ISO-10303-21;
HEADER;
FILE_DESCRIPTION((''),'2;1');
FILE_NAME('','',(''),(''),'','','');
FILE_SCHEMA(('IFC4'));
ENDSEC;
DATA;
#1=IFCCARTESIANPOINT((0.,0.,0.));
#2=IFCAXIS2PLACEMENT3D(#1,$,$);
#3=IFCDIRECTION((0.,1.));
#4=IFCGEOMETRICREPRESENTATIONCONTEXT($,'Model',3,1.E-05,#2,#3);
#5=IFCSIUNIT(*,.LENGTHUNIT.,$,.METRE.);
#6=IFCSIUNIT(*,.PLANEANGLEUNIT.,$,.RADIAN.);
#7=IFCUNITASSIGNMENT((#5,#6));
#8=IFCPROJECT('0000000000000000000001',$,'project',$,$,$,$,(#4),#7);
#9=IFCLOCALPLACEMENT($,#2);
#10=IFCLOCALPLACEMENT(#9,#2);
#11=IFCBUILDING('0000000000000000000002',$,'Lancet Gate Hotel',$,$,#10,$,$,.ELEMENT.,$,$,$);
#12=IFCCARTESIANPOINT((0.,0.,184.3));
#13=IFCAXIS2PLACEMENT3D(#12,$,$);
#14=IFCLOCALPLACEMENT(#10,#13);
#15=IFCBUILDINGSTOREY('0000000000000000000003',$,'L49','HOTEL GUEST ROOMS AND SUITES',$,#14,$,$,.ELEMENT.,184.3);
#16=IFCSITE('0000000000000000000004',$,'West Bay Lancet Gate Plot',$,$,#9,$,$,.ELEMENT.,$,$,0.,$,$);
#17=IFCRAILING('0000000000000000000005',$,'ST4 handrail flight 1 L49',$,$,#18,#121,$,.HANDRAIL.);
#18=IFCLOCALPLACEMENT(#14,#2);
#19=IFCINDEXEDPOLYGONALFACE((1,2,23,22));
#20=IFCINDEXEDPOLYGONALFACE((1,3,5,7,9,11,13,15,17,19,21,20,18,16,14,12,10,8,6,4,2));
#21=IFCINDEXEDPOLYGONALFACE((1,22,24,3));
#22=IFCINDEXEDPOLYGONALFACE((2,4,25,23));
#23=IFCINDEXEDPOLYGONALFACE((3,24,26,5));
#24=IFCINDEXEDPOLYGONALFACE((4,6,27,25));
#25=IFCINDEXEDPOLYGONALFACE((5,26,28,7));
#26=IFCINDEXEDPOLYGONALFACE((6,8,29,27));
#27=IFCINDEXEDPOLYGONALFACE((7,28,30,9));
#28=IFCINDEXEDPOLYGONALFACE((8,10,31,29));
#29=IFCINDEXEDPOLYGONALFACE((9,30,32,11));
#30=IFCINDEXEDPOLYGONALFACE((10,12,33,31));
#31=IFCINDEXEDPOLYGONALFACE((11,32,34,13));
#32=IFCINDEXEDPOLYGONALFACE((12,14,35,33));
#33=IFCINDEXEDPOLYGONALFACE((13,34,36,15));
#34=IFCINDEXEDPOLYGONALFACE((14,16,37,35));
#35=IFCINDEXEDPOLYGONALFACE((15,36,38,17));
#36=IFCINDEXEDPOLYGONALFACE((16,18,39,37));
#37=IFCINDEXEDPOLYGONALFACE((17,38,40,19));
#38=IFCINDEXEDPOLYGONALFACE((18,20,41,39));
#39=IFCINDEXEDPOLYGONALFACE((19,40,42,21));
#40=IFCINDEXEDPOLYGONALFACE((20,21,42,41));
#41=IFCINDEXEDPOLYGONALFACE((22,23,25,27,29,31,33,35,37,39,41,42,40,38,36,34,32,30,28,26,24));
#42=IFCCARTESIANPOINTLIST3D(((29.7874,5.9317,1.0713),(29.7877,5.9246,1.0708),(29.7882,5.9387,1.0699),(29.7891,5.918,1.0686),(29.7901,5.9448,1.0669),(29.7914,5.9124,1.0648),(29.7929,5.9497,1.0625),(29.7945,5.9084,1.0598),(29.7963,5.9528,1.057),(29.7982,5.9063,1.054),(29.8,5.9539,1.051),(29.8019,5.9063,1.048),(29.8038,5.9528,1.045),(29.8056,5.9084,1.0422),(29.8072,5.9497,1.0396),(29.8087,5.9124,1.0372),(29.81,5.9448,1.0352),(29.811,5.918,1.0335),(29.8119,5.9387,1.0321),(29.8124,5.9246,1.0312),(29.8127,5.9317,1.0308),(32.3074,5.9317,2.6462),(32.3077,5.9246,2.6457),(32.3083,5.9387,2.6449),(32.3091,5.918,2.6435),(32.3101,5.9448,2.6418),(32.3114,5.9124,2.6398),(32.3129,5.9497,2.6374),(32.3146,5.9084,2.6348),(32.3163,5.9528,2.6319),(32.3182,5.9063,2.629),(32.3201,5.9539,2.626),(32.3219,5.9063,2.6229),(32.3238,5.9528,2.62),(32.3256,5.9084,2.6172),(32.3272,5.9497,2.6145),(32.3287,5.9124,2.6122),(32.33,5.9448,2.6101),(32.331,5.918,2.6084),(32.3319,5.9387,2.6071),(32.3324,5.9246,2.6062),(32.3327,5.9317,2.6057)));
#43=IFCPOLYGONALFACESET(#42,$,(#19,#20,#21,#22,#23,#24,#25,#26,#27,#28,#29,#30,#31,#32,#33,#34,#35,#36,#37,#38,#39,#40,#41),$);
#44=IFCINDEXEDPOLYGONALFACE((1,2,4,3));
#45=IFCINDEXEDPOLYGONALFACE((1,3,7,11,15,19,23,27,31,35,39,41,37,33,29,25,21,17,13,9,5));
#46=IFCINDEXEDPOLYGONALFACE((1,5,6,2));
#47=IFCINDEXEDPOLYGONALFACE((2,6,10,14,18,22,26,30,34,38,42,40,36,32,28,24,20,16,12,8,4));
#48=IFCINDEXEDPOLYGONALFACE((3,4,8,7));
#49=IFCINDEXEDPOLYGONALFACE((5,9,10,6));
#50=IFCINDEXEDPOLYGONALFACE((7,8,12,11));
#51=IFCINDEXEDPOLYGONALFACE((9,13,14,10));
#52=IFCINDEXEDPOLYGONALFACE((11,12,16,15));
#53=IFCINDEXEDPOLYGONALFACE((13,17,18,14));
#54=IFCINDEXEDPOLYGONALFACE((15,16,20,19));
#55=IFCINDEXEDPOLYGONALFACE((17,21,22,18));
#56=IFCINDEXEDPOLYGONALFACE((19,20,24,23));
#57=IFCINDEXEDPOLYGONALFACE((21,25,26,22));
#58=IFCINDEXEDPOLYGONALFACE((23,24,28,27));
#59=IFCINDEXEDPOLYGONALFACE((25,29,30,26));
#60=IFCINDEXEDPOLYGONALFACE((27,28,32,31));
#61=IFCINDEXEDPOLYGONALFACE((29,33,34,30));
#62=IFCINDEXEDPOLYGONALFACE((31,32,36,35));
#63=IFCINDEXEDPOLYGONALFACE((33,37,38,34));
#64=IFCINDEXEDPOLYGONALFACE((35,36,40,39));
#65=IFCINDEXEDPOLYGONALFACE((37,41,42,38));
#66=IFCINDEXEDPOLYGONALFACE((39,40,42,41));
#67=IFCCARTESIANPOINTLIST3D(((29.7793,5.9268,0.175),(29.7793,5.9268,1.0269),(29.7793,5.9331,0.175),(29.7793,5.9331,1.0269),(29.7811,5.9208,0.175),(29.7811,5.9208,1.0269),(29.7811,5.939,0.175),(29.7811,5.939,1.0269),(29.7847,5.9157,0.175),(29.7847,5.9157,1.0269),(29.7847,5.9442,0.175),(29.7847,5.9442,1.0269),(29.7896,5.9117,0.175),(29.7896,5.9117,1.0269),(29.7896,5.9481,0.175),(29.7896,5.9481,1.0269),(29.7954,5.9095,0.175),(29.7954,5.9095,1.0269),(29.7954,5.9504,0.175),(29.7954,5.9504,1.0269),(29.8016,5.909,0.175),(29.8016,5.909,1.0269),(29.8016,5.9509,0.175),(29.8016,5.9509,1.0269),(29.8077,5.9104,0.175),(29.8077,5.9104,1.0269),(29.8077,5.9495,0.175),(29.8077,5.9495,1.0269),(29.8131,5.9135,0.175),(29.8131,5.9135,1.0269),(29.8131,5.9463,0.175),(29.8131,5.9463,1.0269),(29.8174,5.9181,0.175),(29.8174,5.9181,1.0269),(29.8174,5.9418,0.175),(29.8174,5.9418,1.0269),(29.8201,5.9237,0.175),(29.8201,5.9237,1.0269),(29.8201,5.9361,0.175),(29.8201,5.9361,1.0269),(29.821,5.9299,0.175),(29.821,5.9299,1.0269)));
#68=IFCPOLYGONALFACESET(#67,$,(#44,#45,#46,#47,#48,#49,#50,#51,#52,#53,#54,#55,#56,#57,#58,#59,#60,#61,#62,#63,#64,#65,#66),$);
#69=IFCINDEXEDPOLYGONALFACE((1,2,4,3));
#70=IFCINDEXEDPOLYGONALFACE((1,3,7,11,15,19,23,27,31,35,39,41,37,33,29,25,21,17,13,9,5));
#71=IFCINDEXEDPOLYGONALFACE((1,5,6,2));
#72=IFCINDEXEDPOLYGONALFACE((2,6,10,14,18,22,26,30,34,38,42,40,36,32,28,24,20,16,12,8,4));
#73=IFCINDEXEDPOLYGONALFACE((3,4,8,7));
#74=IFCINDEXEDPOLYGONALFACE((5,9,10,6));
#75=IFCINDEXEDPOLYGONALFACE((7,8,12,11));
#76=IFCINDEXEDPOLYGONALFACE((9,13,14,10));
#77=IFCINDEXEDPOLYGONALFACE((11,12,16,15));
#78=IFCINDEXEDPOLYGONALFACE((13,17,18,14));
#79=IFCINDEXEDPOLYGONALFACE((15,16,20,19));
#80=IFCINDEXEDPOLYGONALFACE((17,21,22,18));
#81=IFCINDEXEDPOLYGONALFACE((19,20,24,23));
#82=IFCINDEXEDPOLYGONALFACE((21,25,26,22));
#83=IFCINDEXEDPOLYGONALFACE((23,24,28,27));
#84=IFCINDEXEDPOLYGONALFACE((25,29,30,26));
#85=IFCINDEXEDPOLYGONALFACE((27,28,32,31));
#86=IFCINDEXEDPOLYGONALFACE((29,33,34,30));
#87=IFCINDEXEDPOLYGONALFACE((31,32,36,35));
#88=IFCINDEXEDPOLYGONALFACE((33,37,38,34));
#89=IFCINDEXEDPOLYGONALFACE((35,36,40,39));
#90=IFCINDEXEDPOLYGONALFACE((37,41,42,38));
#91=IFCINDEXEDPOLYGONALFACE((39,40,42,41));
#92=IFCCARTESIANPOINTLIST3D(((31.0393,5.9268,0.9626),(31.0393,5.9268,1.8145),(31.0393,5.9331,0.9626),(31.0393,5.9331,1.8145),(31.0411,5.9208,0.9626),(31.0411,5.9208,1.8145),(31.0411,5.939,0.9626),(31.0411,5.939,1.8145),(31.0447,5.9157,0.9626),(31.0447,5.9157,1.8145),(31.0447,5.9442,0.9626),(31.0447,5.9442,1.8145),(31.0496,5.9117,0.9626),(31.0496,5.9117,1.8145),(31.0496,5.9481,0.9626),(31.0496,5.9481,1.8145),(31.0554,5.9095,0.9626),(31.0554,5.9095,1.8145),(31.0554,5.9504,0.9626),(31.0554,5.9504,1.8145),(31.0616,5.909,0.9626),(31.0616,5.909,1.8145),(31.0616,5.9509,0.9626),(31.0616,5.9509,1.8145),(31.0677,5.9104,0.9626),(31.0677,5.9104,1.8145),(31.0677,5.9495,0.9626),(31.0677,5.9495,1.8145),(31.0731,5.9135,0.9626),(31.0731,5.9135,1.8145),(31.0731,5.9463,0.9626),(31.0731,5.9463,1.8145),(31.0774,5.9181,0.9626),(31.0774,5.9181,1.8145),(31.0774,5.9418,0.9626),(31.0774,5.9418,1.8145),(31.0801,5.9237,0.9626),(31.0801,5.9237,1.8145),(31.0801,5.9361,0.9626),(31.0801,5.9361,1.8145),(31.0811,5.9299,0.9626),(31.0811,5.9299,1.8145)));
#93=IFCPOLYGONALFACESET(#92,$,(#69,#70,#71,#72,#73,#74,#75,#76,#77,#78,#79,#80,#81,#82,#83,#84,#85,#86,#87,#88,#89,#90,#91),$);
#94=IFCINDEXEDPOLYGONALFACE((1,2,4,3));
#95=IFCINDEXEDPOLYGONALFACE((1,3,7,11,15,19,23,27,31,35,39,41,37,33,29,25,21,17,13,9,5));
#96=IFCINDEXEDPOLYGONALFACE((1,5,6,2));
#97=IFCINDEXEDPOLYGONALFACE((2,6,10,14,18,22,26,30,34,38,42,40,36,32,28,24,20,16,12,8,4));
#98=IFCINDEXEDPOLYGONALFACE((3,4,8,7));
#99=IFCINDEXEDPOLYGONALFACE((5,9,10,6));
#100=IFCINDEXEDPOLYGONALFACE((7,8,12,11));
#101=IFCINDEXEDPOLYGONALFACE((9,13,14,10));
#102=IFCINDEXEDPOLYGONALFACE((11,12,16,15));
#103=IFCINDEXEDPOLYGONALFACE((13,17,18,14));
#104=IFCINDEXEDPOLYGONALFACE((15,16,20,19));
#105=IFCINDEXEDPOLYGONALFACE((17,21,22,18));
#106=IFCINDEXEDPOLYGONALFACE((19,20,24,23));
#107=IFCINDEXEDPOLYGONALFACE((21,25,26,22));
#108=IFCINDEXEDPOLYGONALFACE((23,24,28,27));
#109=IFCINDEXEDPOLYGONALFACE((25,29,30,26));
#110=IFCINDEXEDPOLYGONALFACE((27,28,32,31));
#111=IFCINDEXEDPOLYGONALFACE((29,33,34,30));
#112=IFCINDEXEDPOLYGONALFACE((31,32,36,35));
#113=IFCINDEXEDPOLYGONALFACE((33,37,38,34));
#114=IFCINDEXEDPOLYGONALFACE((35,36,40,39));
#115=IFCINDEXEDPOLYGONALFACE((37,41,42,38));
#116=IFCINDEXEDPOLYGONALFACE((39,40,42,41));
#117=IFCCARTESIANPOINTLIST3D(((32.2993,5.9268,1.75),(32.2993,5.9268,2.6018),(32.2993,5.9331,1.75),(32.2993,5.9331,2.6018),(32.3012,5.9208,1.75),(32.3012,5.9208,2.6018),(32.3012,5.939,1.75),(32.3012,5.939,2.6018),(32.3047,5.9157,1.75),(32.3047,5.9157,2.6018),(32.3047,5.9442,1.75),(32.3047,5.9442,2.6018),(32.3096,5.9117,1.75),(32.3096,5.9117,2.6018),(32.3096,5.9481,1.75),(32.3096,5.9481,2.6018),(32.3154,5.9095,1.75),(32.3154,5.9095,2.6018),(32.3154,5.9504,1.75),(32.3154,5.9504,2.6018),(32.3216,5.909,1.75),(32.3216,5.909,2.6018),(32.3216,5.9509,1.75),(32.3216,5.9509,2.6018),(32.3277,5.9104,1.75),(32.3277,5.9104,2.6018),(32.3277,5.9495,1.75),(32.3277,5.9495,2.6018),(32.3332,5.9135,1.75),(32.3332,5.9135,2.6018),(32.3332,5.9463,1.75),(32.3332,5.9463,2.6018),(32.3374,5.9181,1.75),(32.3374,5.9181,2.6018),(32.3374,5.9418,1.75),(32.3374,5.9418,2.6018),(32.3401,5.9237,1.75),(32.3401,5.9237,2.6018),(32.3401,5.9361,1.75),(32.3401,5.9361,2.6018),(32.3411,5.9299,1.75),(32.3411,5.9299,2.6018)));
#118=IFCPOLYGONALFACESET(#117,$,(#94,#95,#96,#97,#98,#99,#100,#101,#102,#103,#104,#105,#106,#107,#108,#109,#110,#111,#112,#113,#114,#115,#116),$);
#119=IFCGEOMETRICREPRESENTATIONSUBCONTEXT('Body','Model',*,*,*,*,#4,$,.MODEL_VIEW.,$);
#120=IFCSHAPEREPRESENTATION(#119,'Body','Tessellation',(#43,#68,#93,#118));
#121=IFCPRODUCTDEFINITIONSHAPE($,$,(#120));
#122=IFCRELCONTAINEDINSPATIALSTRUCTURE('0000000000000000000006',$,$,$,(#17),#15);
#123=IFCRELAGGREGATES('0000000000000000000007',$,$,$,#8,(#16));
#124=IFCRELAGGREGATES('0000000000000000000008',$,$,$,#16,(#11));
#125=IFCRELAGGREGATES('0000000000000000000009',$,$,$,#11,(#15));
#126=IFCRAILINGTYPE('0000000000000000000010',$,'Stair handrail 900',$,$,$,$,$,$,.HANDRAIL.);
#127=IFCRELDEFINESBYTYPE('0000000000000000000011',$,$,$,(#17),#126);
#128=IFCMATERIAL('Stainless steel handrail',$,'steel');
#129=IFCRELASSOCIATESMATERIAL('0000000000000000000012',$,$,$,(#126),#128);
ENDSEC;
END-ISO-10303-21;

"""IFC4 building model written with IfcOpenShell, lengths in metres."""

from ifc_helpers import new_model, si_unit, direction, frame, origin, origin_2d, place, context, subcontext, project, spatial, circle, extrude, material, type_object, element, save


model = new_model("IFC4")

# Units and contexts
model_context = context("Model", 3, precision=1e-05, world=origin(), true_north=direction((0.0, 1.0)))
body_context = subcontext(model_context, "Body", "Model", "MODEL_VIEW")
ifc_project = project(units=[si_unit("LENGTHUNIT", "METRE"), si_unit("PLANEANGLEUNIT", "RADIAN")], contexts=[model_context])

# Site, building, storey
site_placement = place(None, origin())
site = spatial("IfcSite", under=ifc_project, at=site_placement, Name="West Bay Lancet Gate Plot", CompositionType="ELEMENT", RefElevation=0.0)
building_placement = place(site_placement, origin())
building = spatial("IfcBuilding", under=site, at=building_placement, Name="Lancet Gate Hotel", CompositionType="ELEMENT")
storey_placement = place(building_placement, frame((0.0, 0.0, 184.3)))
storey = spatial("IfcBuildingStorey", under=building, at=storey_placement, Name="L49", Description="HOTEL GUEST ROOMS AND SUITES", CompositionType="ELEMENT", Elevation=184.3)

# Railing
ifc_material_1 = material(Name="Stainless steel handrail", Category="steel")
railing_type = type_object("IfcRailingType", Name="Stair handrail 900", PredefinedType="HANDRAIL", material=ifc_material_1)
railing_placement = place(storey_placement, frame((29.8, 5.9299, 0.175)))
element("IfcRailing", 1, at=railing_placement, inside=storey, type_object=railing_type, Name="ST4 handrail flight 1 L49", PredefinedType="HANDRAIL", context=body_context, shape_type="SweptSolid", body=[
    extrude(circle(Radius=0.0239, at=origin_2d()), frame((0.0, 0.0, 0.876), z_axis=(0.848008, 0.0, 0.529984), x_axis=(0.0, 1.0, 0.0)), (0.0, 0.0, 1.0), 2.9717),
    extrude(circle(Radius=0.021, at=origin_2d()), origin(), (0.0, 0.0, 1.0), 0.8518),
    extrude(circle(Radius=0.021, at=origin_2d()), frame((1.26, 0.0, 0.7876)), (0.0, 0.0, 1.0), 0.8518),
    extrude(circle(Radius=0.021, at=origin_2d()), frame((2.52, 0.0, 1.575)), (0.0, 0.0, 1.0), 0.8518),
])

save(model, "model.ifc")
